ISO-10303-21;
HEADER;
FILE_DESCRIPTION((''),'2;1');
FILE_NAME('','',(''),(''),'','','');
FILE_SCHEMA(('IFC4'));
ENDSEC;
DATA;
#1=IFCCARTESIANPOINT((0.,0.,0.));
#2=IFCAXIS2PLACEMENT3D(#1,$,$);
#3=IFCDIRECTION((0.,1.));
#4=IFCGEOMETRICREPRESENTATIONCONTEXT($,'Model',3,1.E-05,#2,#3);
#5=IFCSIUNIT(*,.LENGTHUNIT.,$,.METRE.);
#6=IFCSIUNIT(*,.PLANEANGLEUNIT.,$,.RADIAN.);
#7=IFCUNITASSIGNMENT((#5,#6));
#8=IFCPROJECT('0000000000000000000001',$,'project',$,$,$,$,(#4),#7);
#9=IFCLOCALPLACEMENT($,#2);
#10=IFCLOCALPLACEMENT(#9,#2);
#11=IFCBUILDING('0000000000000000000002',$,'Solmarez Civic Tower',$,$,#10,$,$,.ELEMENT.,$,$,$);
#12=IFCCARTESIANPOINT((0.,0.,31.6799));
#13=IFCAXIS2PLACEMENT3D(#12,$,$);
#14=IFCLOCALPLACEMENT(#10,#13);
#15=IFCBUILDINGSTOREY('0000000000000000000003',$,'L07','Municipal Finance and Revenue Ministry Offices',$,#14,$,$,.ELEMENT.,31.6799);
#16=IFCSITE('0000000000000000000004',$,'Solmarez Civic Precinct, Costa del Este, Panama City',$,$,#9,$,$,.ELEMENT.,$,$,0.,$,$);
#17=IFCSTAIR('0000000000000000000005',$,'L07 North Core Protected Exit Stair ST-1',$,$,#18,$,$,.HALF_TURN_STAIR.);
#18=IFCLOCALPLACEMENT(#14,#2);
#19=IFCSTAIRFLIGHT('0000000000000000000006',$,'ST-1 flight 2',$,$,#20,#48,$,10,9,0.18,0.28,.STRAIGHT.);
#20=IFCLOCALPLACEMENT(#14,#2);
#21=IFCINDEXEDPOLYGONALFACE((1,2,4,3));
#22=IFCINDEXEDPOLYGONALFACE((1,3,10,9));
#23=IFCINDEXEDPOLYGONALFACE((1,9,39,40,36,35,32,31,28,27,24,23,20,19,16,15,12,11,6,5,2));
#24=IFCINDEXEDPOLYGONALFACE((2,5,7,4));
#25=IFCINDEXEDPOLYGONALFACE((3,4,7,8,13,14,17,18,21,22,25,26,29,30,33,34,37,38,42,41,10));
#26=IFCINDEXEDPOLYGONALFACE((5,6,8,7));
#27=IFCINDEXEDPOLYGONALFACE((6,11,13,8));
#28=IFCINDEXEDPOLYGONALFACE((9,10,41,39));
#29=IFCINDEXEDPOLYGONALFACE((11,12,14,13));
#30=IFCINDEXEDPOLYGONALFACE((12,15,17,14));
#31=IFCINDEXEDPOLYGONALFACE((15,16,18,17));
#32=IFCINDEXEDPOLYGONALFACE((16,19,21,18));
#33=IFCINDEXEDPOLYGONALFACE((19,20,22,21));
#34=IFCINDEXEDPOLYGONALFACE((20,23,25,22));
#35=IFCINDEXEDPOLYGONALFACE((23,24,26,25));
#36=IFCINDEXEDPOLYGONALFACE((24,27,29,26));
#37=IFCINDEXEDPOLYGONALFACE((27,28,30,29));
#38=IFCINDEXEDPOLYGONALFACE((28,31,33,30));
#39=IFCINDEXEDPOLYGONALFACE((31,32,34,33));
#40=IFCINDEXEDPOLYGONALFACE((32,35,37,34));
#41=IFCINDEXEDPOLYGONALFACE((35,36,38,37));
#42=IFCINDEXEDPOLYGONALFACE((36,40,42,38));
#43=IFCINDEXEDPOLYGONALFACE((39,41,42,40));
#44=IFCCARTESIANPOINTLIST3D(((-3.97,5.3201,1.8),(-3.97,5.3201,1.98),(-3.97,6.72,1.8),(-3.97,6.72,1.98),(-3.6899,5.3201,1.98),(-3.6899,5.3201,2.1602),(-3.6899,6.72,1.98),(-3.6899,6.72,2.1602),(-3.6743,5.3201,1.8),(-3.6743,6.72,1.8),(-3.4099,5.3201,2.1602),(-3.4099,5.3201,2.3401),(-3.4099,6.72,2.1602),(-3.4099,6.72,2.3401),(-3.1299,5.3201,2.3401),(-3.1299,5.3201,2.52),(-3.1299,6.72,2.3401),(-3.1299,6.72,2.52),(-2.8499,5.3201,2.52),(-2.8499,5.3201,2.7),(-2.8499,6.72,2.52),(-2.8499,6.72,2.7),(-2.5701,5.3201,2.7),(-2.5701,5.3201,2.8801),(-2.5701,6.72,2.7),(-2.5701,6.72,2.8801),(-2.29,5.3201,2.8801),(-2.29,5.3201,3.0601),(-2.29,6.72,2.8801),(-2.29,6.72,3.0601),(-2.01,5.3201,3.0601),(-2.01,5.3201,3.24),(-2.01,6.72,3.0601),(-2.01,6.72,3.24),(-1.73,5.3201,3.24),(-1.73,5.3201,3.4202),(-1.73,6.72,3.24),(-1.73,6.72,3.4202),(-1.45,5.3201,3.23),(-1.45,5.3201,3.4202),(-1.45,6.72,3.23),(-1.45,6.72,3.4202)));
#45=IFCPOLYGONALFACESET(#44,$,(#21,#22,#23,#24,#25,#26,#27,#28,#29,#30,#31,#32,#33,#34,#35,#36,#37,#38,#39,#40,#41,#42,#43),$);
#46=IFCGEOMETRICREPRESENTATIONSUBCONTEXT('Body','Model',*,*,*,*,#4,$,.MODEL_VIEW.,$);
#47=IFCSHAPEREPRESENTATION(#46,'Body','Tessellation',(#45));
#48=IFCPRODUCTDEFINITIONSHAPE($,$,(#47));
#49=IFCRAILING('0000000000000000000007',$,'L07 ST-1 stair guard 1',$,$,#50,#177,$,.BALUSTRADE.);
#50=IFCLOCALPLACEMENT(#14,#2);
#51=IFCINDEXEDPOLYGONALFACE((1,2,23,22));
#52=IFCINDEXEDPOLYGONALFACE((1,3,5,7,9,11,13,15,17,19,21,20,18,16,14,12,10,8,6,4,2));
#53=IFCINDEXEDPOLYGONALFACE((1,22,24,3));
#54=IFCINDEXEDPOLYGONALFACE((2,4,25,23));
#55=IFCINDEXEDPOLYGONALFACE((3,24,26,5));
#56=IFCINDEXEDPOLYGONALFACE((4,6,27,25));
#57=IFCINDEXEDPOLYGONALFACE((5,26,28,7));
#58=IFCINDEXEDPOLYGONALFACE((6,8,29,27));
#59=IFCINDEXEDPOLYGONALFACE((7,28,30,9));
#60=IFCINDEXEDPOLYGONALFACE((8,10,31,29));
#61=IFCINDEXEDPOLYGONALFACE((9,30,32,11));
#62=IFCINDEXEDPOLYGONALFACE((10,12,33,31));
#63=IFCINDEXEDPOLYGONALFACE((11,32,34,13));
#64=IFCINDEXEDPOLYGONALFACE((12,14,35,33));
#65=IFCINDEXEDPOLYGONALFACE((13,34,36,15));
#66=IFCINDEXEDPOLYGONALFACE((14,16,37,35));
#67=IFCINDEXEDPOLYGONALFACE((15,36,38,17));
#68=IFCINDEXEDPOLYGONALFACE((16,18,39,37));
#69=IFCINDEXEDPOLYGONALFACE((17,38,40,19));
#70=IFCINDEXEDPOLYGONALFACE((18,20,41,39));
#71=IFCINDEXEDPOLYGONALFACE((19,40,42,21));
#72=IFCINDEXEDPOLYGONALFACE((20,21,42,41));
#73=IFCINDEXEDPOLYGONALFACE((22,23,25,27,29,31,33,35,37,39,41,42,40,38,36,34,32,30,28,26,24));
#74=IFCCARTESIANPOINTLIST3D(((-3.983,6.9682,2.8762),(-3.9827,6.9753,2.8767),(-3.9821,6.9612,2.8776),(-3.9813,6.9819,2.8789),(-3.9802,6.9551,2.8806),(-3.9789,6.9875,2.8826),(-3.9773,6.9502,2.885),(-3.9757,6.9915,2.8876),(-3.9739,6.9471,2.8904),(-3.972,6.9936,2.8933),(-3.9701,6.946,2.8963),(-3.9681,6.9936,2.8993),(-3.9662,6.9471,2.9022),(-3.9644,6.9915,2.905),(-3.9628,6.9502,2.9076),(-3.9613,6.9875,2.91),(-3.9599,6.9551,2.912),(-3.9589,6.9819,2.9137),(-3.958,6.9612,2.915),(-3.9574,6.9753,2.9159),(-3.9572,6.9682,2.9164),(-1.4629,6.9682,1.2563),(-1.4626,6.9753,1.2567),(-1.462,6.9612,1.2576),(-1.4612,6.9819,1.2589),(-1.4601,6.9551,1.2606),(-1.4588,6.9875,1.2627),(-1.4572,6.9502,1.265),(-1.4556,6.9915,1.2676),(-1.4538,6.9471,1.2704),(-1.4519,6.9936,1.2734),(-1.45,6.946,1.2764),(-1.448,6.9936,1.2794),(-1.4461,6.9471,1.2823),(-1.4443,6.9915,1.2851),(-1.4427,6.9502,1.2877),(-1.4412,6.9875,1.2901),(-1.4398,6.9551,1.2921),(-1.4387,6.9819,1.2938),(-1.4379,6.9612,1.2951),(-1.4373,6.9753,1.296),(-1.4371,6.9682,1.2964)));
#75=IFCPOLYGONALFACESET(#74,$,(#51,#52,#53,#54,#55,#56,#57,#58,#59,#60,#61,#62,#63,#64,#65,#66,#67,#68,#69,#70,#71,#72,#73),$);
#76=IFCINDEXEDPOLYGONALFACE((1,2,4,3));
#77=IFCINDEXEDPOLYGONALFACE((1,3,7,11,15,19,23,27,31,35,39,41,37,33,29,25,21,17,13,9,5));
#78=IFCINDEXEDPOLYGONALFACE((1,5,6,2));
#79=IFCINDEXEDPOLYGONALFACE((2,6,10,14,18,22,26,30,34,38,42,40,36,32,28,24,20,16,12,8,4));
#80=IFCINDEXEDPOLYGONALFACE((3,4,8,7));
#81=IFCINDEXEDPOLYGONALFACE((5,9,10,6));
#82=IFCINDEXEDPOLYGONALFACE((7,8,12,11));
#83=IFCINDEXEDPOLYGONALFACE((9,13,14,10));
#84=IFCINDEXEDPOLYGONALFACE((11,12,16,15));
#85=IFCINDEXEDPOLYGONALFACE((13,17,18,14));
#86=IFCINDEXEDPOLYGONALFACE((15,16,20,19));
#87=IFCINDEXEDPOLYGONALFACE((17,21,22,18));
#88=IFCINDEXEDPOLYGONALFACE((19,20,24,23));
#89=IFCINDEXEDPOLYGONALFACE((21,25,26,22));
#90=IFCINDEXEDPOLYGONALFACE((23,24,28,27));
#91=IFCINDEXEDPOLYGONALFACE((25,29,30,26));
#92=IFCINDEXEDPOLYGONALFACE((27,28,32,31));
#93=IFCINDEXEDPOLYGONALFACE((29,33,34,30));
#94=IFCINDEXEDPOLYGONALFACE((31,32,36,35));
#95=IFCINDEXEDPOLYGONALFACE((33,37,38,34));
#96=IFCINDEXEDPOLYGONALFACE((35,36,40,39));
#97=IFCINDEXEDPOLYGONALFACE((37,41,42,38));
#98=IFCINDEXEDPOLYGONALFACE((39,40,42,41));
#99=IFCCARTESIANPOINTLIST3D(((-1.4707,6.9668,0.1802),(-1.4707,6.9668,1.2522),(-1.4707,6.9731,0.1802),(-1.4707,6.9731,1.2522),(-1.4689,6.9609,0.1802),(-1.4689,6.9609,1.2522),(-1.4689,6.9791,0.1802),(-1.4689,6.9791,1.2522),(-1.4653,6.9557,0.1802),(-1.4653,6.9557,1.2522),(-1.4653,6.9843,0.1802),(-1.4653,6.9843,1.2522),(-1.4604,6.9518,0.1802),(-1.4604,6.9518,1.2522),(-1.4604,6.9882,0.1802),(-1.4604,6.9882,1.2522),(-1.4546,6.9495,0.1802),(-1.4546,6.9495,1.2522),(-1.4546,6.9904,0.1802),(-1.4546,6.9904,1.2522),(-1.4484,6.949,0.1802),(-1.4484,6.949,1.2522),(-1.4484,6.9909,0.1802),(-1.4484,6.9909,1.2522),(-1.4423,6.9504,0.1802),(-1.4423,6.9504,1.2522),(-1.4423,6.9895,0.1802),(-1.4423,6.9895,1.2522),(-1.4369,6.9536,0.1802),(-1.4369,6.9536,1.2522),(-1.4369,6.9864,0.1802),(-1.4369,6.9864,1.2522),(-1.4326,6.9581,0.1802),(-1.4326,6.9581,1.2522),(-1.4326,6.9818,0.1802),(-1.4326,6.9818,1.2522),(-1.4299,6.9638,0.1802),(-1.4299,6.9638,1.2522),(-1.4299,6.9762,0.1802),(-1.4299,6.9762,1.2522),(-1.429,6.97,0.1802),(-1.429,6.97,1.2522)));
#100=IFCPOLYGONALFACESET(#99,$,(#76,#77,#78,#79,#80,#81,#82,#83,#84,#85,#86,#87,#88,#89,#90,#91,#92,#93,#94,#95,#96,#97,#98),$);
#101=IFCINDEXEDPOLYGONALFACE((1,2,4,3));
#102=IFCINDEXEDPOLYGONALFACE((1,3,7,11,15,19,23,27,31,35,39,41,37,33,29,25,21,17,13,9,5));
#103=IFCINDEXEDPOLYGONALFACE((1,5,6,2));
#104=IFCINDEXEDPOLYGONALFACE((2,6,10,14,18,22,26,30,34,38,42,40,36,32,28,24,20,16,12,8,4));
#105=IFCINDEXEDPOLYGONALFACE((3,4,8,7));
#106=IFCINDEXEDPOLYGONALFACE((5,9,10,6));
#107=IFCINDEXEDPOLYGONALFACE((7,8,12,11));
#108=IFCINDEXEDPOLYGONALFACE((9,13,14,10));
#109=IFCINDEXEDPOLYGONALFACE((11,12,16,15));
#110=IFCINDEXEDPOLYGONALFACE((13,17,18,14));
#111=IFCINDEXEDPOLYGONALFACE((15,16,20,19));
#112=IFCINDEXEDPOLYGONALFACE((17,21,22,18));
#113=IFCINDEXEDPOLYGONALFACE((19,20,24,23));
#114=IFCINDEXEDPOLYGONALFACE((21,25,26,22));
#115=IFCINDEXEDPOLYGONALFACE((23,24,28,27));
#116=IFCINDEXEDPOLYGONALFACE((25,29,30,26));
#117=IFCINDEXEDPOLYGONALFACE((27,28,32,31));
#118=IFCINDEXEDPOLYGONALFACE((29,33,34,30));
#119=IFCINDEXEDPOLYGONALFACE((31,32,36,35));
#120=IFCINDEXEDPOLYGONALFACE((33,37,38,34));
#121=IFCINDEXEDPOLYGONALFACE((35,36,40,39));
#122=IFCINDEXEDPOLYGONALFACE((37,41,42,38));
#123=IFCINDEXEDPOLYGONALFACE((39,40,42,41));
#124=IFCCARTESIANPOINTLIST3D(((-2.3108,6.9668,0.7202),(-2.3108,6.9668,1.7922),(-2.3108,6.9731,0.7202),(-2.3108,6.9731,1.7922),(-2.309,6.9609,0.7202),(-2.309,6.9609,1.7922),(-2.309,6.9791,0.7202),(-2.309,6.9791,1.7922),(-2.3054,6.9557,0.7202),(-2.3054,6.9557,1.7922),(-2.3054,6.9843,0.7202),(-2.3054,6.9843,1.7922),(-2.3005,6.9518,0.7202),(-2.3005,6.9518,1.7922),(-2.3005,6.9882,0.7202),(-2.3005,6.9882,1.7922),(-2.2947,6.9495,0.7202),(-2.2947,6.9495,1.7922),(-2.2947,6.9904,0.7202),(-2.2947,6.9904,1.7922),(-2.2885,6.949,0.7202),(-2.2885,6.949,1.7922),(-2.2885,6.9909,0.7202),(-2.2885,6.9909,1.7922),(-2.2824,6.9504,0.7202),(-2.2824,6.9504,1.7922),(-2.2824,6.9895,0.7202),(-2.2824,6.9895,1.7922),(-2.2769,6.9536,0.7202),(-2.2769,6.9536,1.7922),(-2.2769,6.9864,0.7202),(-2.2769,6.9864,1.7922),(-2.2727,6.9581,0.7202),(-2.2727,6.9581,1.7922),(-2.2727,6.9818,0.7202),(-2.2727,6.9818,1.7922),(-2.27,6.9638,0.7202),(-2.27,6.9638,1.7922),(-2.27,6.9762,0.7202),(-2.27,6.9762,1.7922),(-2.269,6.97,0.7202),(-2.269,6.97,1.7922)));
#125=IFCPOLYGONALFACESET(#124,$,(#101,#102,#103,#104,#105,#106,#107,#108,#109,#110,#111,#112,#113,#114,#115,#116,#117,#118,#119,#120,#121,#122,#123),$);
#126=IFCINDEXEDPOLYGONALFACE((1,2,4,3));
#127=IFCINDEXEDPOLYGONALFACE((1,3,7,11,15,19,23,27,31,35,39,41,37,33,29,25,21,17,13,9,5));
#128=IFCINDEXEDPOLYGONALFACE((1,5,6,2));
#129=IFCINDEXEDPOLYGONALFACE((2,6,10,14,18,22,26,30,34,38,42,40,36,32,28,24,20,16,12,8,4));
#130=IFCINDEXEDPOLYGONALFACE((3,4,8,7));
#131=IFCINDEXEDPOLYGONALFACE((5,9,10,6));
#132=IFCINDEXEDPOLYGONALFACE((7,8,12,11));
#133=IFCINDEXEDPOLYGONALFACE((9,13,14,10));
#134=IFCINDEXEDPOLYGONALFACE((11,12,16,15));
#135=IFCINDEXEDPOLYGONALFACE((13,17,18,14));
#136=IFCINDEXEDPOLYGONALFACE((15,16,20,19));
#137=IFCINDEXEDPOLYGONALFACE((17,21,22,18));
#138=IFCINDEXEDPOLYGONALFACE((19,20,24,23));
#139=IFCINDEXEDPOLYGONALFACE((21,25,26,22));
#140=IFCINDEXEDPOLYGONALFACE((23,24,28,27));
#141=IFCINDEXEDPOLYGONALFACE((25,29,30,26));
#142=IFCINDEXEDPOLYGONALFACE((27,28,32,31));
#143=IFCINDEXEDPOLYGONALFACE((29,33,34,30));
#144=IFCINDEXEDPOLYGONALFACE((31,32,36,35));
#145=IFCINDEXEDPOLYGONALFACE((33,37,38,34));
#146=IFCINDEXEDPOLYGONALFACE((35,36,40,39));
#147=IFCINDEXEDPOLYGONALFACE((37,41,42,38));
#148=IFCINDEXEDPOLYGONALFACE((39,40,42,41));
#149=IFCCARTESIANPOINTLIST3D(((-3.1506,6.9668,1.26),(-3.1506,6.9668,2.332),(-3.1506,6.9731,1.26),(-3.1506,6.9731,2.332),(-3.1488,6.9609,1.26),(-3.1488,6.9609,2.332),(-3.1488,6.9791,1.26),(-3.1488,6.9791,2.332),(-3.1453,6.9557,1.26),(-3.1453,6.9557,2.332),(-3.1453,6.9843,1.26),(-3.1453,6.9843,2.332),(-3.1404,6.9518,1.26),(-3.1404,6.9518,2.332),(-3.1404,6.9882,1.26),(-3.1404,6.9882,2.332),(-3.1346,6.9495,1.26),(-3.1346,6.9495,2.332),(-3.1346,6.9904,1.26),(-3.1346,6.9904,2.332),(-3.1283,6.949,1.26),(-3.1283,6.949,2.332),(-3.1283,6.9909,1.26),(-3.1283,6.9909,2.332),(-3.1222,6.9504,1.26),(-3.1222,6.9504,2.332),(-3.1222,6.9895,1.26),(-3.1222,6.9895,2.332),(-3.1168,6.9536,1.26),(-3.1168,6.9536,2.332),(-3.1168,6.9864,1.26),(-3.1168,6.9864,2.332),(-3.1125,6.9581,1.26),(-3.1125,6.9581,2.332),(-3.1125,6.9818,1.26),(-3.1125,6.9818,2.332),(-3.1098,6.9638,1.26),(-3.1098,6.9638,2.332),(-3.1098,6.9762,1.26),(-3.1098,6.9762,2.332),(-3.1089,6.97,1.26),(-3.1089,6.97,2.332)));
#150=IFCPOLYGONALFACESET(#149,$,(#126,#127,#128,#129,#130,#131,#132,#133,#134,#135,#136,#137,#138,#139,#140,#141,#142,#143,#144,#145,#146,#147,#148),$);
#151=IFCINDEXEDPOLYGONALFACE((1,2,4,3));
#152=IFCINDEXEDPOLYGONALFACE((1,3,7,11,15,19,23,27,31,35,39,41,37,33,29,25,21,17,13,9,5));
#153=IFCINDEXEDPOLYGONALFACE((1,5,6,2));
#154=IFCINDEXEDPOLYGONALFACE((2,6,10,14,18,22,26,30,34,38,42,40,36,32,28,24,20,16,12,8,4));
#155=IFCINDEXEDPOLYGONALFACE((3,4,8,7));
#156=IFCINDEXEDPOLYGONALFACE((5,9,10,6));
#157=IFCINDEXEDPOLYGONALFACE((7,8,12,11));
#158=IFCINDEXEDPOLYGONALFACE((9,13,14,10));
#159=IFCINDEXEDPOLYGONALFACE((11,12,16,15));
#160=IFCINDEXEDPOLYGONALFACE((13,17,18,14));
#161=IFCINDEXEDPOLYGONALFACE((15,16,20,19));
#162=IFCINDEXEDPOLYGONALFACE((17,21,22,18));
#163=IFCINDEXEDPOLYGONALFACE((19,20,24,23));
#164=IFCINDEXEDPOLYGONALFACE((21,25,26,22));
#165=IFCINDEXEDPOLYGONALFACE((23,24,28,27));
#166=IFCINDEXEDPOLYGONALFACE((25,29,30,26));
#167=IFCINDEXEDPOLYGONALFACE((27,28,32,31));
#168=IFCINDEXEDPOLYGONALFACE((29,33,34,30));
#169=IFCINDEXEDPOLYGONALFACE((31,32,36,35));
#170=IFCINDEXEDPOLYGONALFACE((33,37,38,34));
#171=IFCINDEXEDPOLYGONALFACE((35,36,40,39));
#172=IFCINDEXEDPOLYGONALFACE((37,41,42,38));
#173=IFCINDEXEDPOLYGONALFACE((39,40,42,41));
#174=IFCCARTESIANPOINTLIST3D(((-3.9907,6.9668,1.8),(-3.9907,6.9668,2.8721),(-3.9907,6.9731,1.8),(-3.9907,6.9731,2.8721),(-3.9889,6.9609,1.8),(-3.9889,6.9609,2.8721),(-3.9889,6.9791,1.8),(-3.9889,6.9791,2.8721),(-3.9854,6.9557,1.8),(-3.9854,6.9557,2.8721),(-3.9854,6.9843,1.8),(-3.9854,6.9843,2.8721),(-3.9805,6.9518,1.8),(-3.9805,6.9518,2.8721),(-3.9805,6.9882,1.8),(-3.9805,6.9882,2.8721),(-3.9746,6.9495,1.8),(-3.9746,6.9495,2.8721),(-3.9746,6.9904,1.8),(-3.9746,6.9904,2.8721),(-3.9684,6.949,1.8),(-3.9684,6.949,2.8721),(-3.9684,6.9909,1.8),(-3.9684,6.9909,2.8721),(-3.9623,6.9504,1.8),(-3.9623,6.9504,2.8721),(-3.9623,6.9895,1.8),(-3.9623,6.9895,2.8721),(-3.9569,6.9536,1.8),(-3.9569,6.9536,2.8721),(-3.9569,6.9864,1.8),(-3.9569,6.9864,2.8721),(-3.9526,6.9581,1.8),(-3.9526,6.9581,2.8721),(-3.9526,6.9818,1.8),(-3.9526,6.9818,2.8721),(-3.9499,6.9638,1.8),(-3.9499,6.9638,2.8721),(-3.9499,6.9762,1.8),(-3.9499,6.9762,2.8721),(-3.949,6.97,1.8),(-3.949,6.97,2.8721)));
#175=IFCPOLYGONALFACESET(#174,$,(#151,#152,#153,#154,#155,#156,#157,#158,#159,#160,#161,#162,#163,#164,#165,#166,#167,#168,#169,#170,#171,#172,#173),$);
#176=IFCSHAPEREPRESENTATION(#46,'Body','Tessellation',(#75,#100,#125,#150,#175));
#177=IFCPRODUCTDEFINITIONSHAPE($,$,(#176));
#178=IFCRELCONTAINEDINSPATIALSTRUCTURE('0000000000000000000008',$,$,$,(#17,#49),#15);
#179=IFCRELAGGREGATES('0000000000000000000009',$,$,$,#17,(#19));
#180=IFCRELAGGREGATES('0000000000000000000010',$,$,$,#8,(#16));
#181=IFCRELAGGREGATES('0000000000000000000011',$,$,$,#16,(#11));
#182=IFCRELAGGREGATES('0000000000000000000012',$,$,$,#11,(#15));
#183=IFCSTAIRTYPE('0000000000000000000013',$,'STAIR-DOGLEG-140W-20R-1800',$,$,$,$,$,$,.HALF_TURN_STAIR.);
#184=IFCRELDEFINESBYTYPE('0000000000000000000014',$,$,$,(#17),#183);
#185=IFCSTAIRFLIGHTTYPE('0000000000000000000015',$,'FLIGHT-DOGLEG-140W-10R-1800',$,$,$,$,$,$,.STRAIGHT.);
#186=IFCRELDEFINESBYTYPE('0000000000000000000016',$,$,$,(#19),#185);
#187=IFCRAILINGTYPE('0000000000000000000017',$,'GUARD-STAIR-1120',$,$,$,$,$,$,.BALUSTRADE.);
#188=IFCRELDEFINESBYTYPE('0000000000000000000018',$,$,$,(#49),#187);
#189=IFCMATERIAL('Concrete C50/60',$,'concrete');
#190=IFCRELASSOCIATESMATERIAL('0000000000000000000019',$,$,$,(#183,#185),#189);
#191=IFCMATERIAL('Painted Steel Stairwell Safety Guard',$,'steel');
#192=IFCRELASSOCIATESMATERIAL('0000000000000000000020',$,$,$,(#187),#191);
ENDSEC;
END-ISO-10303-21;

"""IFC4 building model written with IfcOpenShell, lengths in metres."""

from ifc_helpers import new_model, si_unit, direction, frame, origin, origin_2d, place, context, subcontext, project, spatial, polyline, circle, outline, extrude, material, type_object, element, aggregate, save


model = new_model("IFC4")

# Units and contexts
model_context = context("Model", 3, precision=1e-05, world=origin(), true_north=direction((0.0, 1.0)))
body_context = subcontext(model_context, "Body", "Model", "MODEL_VIEW")
ifc_project = project(units=[si_unit("LENGTHUNIT", "METRE"), si_unit("PLANEANGLEUNIT", "RADIAN")], contexts=[model_context])

# Site, building, storey
site_placement = place(None, origin())
site = spatial("IfcSite", under=ifc_project, at=site_placement, Name="Solmarez Civic Precinct, Costa del Este, Panama City", CompositionType="ELEMENT", RefElevation=0.0)
building_placement = place(site_placement, origin())
building = spatial("IfcBuilding", under=site, at=building_placement, Name="Solmarez Civic Tower", CompositionType="ELEMENT")
storey_placement = place(building_placement, frame((0.0, 0.0, 31.6799)))
storey = spatial("IfcBuildingStorey", under=building, at=storey_placement, Name="L07", Description="Municipal Finance and Revenue Ministry Offices", CompositionType="ELEMENT", Elevation=31.6799)

# Shared definitions
ifc_material_1 = material(Name="Concrete C50/60", Category="concrete")

# Stair, stair flight
stair_type = type_object("IfcStairType", Name="STAIR-DOGLEG-140W-20R-1800", PredefinedType="HALF_TURN_STAIR", material=ifc_material_1)
stair_placement = place(storey_placement, origin())
stair = element("IfcStair", 1, at=stair_placement, inside=storey, type_object=stair_type, Name="L07 North Core Protected Exit Stair ST-1", PredefinedType="HALF_TURN_STAIR")
stair_flight_type = type_object("IfcStairFlightType", Name="FLIGHT-DOGLEG-140W-10R-1800", PredefinedType="STRAIGHT", material=ifc_material_1)
stair_flight_1_placement = place(storey_placement, frame((-3.97, 6.02, 1.8), z_axis=(0.0, 0.0, 1.0), x_axis=(1.0, 0.0, 0.0)))
stair_flight_1 = element("IfcStairFlight", 2, at=stair_flight_1_placement, type_object=stair_flight_type, Name="ST-1 flight 2", NumberOfRisers=10, NumberOfTreads=9, PredefinedType="STRAIGHT", RiserHeight=0.18, TreadLength=0.28, context=body_context, shape_type="SweptSolid", body=[
    extrude(outline(polyline([(0.0, 0.0), (0.0, 0.1799), (0.28, 0.1799), (0.28, 0.3601), (0.5601, 0.3601), (0.5601, 0.54), (0.8401, 0.54), (0.8401, 0.72), (1.1201, 0.72), (1.1201, 0.8999), (1.3999, 0.8999), (1.3999, 1.0801), (1.6799, 1.0801), (1.6799, 1.26), (1.96, 1.26), (1.96, 1.4399), (2.24, 1.4399), (2.24, 1.6201), (2.52, 1.6201), (2.52, 1.8), (2.52, 1.4299), (0.2957, 0.0), (0.0, 0.0)])), frame((0.0, 0.7, 0.0), z_axis=(0.0, -1.0, 0.0), x_axis=(1.0, 0.0, 0.0)), (0.0, 0.0, 1.0), 1.3999),
])
aggregate(stair, [stair_flight_1])

# Railing
ifc_material_2 = material(Name="Painted Steel Stairwell Safety Guard", Category="steel")
railing_type_1 = type_object("IfcRailingType", Name="GUARD-STAIR-1120", PredefinedType="BALUSTRADE", material=ifc_material_2)
railing_1_placement = place(storey_placement, frame((-1.45, 6.97, 0.1802)))
element("IfcRailing", 3, at=railing_1_placement, inside=storey, type_object=railing_type_1, Name="L07 ST-1 stair guard 1", PredefinedType="BALUSTRADE", context=body_context, shape_type="SweptSolid", body=[
    extrude(circle(Radius=0.0239, at=origin_2d()), frame((0.0, 0.0, 1.0962), z_axis=(-0.8412, 0.0, 0.540725), x_axis=(0.0, -1.0, 0.0)), (0.0, 0.0, 1.0), 2.9958),
    extrude(circle(Radius=0.021, at=origin_2d()), origin(), (0.0, 0.0, 1.0), 1.072),
    extrude(circle(Radius=0.021, at=origin_2d()), frame((-0.8401, 0.0, 0.54)), (0.0, 0.0, 1.0), 1.072),
    extrude(circle(Radius=0.021, at=origin_2d()), frame((-1.6799, 0.0, 1.0798)), (0.0, 0.0, 1.0), 1.072),
    extrude(circle(Radius=0.021, at=origin_2d()), frame((-2.52, 0.0, 1.6199)), (0.0, 0.0, 1.0), 1.072),
])

save(model, "model.ifc")
